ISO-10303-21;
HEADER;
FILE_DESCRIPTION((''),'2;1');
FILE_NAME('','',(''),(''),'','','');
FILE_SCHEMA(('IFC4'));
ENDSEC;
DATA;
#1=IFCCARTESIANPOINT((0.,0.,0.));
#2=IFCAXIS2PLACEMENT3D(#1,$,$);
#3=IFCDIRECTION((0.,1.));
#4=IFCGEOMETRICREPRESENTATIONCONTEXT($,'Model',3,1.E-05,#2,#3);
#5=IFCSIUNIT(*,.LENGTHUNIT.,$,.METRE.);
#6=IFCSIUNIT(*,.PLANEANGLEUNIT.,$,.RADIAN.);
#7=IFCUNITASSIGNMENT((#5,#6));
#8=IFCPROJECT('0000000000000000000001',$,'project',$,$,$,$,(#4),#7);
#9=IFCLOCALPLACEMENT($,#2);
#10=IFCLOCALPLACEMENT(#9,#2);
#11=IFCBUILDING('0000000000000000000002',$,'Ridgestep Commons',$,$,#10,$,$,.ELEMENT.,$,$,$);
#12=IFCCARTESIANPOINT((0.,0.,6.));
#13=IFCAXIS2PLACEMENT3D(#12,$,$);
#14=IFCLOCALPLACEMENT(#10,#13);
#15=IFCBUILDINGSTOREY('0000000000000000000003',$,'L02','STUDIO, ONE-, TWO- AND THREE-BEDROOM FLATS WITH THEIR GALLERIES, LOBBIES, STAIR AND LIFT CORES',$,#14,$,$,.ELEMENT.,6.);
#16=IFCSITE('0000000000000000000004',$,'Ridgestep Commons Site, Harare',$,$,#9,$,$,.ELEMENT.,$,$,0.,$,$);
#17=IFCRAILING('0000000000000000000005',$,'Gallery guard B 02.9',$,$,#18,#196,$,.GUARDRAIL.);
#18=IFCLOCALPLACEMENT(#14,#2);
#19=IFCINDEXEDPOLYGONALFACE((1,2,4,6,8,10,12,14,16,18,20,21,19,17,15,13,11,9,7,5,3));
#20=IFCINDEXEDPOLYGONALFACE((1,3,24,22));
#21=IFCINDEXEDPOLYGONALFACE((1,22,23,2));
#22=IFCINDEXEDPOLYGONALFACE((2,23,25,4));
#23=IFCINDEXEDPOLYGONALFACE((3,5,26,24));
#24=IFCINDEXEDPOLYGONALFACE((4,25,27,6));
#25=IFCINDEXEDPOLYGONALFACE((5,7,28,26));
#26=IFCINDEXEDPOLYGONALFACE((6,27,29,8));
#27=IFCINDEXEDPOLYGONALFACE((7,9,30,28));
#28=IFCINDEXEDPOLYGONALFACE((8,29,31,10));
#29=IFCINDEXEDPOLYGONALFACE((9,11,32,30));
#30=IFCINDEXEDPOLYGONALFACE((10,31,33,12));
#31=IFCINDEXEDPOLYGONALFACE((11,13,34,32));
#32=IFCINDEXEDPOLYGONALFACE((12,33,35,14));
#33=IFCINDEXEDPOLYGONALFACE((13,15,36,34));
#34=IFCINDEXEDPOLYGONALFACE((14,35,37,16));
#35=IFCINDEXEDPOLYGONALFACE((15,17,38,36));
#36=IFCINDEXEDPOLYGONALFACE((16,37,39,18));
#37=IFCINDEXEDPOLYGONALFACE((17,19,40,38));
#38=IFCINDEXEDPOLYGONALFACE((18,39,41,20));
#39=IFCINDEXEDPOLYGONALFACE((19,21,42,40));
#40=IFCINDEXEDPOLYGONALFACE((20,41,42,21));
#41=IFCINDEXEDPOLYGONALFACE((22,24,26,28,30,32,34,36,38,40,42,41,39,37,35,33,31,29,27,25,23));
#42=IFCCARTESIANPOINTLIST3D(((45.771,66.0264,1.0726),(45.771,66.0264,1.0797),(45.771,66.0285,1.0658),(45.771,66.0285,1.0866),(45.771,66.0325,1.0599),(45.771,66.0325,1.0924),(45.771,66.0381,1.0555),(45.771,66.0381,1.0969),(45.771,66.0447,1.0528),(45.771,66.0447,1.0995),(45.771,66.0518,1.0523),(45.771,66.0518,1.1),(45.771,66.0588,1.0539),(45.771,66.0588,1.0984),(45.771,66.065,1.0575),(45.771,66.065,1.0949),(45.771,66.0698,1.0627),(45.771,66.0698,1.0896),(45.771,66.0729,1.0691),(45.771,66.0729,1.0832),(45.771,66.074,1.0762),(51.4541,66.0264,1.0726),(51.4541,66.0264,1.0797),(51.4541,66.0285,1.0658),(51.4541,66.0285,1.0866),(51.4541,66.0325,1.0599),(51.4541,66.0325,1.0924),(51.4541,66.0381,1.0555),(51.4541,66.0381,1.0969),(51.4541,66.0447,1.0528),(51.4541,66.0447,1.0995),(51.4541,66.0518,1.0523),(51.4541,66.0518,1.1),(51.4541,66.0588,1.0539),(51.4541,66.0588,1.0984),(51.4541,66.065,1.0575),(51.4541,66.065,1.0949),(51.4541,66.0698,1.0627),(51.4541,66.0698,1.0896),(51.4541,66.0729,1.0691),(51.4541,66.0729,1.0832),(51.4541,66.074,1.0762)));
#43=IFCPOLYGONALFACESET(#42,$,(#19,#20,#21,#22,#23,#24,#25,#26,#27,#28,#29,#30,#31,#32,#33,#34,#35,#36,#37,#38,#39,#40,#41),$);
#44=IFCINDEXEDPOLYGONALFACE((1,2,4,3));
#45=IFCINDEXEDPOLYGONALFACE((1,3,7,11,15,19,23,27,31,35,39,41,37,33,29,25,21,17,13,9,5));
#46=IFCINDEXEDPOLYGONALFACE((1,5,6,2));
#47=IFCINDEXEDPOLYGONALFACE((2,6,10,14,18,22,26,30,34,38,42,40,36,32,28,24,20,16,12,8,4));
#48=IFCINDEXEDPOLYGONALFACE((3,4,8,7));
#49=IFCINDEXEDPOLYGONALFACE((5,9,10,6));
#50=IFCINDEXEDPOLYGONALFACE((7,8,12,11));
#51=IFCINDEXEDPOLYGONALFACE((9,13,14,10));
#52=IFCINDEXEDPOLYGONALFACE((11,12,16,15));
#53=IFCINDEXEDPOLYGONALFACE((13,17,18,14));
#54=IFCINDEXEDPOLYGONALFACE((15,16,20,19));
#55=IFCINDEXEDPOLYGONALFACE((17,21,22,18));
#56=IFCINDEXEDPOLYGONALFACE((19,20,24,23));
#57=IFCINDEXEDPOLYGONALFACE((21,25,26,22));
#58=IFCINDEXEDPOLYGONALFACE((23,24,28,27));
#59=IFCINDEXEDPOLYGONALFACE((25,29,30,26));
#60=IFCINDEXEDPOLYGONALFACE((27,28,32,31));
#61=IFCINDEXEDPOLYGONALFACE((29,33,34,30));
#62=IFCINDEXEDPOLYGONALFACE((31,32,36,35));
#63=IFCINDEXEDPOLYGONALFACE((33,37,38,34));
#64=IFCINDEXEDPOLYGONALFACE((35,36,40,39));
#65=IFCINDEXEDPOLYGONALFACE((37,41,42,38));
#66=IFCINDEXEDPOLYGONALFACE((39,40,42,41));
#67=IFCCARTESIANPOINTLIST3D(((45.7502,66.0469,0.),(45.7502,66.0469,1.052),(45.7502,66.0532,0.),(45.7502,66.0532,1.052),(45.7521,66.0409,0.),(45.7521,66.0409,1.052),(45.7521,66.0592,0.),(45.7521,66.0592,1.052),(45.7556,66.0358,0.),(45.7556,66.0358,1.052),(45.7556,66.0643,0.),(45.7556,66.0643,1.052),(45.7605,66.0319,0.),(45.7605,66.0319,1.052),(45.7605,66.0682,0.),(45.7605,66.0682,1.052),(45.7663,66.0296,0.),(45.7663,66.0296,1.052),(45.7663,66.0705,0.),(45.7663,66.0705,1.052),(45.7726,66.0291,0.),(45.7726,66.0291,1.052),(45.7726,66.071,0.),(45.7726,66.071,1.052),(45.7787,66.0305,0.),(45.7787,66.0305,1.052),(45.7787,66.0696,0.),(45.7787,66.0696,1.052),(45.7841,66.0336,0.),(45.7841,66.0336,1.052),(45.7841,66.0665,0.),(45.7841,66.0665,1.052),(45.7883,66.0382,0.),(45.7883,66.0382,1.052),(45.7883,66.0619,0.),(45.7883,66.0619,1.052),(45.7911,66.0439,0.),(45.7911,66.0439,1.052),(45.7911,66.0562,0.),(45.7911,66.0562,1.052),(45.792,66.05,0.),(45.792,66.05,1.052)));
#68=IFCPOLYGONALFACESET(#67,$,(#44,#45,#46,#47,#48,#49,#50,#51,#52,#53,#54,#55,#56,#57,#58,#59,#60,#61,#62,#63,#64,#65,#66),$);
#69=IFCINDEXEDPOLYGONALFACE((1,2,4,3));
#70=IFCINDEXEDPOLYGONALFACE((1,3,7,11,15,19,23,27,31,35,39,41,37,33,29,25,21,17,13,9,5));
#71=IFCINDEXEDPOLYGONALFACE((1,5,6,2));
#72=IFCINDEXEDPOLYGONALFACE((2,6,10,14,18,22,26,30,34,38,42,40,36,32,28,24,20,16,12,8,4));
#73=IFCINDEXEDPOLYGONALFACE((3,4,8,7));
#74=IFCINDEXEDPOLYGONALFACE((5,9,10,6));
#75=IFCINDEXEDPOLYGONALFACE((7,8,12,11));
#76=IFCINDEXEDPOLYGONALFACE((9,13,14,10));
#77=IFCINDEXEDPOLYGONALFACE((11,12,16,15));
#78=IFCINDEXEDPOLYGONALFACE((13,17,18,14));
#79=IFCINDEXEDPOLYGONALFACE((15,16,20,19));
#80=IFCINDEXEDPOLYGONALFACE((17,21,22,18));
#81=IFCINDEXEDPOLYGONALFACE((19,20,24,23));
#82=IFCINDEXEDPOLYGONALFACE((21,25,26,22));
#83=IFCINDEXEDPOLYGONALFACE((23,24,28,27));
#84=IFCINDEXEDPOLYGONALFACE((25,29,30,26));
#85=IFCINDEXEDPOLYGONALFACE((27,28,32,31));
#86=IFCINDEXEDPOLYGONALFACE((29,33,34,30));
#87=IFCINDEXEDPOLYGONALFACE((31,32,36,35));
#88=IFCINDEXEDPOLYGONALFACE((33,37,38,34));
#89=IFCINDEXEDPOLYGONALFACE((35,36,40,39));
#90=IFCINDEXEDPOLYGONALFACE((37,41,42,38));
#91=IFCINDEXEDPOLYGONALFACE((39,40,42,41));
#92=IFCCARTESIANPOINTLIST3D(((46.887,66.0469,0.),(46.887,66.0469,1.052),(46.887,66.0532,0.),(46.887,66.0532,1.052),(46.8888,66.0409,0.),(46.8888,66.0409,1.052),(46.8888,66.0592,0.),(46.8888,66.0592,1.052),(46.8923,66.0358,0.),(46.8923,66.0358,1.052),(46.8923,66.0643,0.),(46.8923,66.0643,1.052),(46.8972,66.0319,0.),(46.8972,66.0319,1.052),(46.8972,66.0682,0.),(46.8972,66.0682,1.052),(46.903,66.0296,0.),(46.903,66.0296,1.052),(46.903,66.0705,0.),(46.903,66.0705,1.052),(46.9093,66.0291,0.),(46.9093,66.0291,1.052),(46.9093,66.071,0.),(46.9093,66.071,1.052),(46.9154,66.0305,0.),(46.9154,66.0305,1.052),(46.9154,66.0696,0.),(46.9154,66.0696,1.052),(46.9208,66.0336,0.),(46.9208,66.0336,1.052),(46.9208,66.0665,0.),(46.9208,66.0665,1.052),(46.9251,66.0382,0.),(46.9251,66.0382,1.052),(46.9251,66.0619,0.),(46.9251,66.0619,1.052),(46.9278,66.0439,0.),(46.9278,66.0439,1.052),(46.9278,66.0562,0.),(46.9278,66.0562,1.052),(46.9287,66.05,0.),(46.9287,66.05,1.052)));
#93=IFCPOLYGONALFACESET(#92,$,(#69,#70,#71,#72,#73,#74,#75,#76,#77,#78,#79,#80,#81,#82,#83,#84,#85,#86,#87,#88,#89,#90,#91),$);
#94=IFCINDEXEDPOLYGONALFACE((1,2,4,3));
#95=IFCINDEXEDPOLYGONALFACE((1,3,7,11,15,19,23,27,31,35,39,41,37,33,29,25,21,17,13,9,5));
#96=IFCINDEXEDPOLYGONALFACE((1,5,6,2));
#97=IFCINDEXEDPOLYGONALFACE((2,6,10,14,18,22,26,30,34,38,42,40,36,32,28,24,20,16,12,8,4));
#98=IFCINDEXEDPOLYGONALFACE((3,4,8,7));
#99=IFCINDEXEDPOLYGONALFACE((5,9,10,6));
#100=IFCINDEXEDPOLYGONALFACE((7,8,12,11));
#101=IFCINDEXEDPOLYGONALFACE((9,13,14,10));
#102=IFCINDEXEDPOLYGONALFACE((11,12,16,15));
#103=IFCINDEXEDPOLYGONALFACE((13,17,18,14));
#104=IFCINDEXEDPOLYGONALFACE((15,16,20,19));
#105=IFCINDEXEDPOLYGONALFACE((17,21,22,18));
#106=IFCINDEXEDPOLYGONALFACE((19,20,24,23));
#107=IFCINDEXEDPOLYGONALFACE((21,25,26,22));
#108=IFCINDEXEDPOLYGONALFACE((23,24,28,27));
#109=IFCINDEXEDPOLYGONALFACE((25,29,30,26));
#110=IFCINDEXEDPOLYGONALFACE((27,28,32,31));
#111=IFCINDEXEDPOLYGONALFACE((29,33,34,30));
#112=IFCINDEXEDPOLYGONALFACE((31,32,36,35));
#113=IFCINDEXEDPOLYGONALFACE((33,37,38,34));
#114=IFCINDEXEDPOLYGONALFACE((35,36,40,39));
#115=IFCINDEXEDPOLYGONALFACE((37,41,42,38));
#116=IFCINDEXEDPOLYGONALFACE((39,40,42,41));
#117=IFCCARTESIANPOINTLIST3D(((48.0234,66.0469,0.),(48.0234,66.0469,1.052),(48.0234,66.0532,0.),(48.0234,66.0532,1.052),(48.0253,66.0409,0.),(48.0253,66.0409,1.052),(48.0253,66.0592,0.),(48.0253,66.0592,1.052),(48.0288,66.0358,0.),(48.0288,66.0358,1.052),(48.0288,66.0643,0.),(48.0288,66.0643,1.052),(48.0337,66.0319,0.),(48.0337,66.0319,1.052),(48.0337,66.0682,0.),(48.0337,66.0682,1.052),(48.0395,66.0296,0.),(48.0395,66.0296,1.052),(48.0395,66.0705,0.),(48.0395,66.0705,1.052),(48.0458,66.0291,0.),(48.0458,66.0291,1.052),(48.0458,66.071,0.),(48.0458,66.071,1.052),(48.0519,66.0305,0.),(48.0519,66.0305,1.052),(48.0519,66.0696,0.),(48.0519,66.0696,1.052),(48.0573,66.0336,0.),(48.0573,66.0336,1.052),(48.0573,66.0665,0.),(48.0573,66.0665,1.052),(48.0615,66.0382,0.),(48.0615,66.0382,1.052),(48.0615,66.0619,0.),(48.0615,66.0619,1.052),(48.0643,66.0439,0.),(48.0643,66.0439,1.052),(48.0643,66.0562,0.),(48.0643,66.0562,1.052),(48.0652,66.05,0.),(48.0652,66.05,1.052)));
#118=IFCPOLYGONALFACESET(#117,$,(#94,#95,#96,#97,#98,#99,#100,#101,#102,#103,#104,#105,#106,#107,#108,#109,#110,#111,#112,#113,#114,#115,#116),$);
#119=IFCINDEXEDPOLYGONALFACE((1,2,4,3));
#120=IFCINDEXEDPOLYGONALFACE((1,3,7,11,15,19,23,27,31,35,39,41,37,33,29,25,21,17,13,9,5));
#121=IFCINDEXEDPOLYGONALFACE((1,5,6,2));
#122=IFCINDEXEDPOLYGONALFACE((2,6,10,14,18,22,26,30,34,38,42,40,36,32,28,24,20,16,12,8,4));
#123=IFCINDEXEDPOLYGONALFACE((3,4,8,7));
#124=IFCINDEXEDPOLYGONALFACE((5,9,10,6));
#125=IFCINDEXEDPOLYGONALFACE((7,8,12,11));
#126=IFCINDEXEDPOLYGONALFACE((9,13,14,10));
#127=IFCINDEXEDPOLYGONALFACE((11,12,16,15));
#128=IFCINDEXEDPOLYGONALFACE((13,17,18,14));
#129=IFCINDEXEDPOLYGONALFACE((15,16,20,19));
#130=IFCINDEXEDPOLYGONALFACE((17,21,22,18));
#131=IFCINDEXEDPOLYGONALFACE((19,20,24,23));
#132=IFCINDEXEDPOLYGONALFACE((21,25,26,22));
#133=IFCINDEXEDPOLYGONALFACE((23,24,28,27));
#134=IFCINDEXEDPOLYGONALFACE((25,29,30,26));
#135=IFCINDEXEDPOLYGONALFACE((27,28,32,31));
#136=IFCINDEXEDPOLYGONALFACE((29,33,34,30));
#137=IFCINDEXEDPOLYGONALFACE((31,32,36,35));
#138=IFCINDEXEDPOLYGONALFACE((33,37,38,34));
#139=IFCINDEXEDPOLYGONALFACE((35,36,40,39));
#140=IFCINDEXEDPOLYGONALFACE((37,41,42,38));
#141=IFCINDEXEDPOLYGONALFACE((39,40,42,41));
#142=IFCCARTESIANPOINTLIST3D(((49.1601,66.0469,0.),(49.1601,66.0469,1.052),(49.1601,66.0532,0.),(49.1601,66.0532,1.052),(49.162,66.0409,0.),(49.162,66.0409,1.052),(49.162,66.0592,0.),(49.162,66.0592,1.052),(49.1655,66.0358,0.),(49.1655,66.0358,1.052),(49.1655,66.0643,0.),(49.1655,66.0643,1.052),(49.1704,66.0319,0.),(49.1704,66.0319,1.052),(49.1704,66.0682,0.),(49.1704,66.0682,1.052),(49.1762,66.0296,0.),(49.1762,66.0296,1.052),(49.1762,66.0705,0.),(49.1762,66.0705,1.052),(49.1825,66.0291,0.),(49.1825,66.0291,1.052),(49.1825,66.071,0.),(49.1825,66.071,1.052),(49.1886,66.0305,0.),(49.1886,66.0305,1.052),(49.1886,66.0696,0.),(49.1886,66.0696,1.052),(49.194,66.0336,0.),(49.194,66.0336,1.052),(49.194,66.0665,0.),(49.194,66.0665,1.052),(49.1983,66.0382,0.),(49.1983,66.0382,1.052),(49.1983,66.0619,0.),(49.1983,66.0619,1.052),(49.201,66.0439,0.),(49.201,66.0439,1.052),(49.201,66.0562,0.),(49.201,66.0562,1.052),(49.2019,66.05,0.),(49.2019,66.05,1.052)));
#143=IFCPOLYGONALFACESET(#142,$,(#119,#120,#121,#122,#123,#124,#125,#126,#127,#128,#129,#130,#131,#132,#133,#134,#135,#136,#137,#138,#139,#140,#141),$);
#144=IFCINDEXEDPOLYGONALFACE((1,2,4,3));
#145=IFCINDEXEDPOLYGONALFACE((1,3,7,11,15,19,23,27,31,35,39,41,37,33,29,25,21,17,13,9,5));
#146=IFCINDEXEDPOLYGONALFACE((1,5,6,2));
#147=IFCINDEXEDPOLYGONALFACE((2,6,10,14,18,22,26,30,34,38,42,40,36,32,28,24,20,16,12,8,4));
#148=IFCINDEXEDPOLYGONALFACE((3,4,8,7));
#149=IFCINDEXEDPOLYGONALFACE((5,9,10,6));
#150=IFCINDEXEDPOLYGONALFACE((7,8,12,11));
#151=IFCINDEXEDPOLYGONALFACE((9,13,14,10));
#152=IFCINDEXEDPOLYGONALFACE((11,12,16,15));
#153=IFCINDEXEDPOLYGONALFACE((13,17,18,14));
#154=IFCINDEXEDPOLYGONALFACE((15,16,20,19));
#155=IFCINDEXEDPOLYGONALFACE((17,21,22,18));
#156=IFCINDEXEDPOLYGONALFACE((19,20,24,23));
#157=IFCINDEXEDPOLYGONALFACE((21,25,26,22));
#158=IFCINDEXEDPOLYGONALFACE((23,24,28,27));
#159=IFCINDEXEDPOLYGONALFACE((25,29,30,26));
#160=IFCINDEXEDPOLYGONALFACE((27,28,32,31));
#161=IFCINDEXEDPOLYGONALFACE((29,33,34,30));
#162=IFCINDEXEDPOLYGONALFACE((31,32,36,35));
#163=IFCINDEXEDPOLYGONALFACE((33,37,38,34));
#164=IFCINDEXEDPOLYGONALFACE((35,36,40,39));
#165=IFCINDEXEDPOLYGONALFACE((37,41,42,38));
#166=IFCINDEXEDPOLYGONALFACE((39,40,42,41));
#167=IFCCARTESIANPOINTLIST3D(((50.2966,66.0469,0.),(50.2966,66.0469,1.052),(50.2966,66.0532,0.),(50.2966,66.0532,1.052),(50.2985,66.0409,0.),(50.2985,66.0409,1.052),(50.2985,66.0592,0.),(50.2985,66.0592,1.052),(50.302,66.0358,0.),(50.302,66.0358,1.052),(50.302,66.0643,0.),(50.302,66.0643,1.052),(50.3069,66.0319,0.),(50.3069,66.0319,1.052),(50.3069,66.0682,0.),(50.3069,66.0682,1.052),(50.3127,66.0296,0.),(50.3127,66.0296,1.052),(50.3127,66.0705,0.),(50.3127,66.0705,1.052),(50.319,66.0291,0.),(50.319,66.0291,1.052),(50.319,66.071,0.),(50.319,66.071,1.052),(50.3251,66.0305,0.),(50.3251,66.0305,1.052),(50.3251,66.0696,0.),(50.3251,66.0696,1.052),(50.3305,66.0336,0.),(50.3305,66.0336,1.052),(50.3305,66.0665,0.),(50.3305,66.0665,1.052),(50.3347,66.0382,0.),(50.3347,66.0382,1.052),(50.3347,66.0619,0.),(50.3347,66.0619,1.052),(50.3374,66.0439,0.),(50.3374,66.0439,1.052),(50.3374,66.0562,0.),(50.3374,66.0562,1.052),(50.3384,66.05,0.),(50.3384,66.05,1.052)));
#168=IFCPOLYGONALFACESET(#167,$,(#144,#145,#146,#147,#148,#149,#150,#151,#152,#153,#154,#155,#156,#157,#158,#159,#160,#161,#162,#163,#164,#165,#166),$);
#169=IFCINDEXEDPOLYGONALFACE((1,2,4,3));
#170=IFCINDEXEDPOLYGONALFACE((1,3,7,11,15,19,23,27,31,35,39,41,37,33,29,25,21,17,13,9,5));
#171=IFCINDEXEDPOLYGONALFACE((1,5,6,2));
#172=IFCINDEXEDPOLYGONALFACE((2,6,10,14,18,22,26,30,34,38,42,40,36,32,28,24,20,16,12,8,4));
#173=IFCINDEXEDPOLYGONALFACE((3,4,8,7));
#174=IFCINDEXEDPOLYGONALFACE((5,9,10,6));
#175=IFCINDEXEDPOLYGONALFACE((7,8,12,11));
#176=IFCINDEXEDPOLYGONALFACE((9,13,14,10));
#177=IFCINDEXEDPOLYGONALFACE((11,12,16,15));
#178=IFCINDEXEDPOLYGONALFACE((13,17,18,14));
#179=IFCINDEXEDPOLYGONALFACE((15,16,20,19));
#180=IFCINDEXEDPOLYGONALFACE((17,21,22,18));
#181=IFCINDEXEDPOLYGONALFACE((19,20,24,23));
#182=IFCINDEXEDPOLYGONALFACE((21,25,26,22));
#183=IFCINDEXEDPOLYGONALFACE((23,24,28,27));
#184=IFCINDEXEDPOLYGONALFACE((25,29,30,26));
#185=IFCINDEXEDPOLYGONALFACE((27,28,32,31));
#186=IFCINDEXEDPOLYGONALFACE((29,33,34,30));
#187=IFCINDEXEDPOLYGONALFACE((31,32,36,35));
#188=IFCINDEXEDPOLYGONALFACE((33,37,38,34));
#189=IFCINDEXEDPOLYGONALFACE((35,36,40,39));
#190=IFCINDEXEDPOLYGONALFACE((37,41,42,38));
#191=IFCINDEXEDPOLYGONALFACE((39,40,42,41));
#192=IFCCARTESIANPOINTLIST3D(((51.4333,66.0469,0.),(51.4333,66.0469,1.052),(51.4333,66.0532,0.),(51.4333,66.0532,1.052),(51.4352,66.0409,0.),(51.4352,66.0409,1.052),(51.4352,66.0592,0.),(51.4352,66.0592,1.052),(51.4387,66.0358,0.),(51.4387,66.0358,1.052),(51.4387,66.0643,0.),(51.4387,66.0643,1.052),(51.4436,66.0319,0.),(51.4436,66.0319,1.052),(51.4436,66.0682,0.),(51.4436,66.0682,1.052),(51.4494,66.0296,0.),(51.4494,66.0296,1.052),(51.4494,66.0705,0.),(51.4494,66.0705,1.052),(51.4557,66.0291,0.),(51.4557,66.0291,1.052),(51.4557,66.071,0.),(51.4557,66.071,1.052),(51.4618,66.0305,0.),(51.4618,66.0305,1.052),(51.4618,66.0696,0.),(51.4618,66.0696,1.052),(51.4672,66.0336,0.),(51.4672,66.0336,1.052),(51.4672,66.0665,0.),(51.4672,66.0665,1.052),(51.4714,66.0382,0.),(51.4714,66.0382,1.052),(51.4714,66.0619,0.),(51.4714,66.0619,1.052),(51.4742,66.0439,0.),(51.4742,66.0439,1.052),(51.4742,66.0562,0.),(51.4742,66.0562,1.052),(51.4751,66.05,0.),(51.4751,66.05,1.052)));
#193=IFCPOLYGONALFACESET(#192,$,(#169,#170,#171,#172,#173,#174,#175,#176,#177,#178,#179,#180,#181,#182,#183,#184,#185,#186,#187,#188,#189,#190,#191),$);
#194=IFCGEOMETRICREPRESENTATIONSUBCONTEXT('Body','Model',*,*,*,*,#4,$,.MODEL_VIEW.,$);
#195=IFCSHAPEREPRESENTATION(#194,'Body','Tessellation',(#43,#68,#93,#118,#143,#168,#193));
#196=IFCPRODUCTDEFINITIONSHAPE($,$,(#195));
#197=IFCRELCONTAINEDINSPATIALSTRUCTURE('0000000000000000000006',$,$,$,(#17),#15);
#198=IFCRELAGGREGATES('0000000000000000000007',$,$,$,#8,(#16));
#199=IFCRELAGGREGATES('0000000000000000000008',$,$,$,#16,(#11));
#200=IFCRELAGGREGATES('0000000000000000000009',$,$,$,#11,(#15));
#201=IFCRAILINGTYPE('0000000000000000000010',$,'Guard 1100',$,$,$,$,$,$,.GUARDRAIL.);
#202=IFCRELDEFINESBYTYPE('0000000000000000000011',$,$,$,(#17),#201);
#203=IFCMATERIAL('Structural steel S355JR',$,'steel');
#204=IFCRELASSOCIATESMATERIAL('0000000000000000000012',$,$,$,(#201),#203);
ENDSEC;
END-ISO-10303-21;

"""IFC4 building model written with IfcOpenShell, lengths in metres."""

from ifc_helpers import new_model, si_unit, direction, frame, origin, origin_2d, place, context, subcontext, project, spatial, circle, extrude, material, type_object, element, save


model = new_model("IFC4")

# Units and contexts
model_context = context("Model", 3, precision=1e-05, world=origin(), true_north=direction((0.0, 1.0)))
body_context = subcontext(model_context, "Body", "Model", "MODEL_VIEW")
ifc_project = project(units=[si_unit("LENGTHUNIT", "METRE"), si_unit("PLANEANGLEUNIT", "RADIAN")], contexts=[model_context])

# Site, building, storey
site_placement = place(None, origin())
site = spatial("IfcSite", under=ifc_project, at=site_placement, Name="Ridgestep Commons Site, Harare", CompositionType="ELEMENT", RefElevation=0.0)
building_placement = place(site_placement, origin())
building = spatial("IfcBuilding", under=site, at=building_placement, Name="Ridgestep Commons", CompositionType="ELEMENT")
storey_placement = place(building_placement, frame((0.0, 0.0, 6.0)))
storey = spatial("IfcBuildingStorey", under=building, at=storey_placement, Name="L02", Description="STUDIO, ONE-, TWO- AND THREE-BEDROOM FLATS WITH THEIR GALLERIES, LOBBIES, STAIR AND LIFT CORES", CompositionType="ELEMENT", Elevation=6.0)

# Railing
ifc_material_1 = material(Name="Structural steel S355JR", Category="steel")
railing_type = type_object("IfcRailingType", Name="Guard 1100", PredefinedType="GUARDRAIL", material=ifc_material_1)
railing_1_placement = place(storey_placement, frame((45.771, 66.05, 0.0)))
element("IfcRailing", 1, at=railing_1_placement, inside=storey, type_object=railing_type, Name="Gallery guard B 02.9", PredefinedType="GUARDRAIL", context=body_context, shape_type="SweptSolid", body=[
    extrude(circle(Radius=0.0239, at=origin_2d()), frame((0.0, 0.0, 1.0762), z_axis=(1.0, 0.0, 0.0), x_axis=(0.0, 1.0, 0.0)), (0.0, 0.0, 1.0), 5.6831),
    extrude(circle(Radius=0.021, at=origin_2d()), origin(), (0.0, 0.0, 1.0), 1.052),
    extrude(circle(Radius=0.021, at=origin_2d()), frame((1.1367, 0.0, 0.0)), (0.0, 0.0, 1.0), 1.052),
    extrude(circle(Radius=0.021, at=origin_2d()), frame((2.2732, 0.0, 0.0)), (0.0, 0.0, 1.0), 1.052),
    extrude(circle(Radius=0.021, at=origin_2d()), frame((3.4099, 0.0, 0.0)), (0.0, 0.0, 1.0), 1.052),
    extrude(circle(Radius=0.021, at=origin_2d()), frame((4.5464, 0.0, 0.0)), (0.0, 0.0, 1.0), 1.052),
    extrude(circle(Radius=0.021, at=origin_2d()), frame((5.6831, 0.0, 0.0)), (0.0, 0.0, 1.0), 1.052),
])

save(model, "model.ifc")
